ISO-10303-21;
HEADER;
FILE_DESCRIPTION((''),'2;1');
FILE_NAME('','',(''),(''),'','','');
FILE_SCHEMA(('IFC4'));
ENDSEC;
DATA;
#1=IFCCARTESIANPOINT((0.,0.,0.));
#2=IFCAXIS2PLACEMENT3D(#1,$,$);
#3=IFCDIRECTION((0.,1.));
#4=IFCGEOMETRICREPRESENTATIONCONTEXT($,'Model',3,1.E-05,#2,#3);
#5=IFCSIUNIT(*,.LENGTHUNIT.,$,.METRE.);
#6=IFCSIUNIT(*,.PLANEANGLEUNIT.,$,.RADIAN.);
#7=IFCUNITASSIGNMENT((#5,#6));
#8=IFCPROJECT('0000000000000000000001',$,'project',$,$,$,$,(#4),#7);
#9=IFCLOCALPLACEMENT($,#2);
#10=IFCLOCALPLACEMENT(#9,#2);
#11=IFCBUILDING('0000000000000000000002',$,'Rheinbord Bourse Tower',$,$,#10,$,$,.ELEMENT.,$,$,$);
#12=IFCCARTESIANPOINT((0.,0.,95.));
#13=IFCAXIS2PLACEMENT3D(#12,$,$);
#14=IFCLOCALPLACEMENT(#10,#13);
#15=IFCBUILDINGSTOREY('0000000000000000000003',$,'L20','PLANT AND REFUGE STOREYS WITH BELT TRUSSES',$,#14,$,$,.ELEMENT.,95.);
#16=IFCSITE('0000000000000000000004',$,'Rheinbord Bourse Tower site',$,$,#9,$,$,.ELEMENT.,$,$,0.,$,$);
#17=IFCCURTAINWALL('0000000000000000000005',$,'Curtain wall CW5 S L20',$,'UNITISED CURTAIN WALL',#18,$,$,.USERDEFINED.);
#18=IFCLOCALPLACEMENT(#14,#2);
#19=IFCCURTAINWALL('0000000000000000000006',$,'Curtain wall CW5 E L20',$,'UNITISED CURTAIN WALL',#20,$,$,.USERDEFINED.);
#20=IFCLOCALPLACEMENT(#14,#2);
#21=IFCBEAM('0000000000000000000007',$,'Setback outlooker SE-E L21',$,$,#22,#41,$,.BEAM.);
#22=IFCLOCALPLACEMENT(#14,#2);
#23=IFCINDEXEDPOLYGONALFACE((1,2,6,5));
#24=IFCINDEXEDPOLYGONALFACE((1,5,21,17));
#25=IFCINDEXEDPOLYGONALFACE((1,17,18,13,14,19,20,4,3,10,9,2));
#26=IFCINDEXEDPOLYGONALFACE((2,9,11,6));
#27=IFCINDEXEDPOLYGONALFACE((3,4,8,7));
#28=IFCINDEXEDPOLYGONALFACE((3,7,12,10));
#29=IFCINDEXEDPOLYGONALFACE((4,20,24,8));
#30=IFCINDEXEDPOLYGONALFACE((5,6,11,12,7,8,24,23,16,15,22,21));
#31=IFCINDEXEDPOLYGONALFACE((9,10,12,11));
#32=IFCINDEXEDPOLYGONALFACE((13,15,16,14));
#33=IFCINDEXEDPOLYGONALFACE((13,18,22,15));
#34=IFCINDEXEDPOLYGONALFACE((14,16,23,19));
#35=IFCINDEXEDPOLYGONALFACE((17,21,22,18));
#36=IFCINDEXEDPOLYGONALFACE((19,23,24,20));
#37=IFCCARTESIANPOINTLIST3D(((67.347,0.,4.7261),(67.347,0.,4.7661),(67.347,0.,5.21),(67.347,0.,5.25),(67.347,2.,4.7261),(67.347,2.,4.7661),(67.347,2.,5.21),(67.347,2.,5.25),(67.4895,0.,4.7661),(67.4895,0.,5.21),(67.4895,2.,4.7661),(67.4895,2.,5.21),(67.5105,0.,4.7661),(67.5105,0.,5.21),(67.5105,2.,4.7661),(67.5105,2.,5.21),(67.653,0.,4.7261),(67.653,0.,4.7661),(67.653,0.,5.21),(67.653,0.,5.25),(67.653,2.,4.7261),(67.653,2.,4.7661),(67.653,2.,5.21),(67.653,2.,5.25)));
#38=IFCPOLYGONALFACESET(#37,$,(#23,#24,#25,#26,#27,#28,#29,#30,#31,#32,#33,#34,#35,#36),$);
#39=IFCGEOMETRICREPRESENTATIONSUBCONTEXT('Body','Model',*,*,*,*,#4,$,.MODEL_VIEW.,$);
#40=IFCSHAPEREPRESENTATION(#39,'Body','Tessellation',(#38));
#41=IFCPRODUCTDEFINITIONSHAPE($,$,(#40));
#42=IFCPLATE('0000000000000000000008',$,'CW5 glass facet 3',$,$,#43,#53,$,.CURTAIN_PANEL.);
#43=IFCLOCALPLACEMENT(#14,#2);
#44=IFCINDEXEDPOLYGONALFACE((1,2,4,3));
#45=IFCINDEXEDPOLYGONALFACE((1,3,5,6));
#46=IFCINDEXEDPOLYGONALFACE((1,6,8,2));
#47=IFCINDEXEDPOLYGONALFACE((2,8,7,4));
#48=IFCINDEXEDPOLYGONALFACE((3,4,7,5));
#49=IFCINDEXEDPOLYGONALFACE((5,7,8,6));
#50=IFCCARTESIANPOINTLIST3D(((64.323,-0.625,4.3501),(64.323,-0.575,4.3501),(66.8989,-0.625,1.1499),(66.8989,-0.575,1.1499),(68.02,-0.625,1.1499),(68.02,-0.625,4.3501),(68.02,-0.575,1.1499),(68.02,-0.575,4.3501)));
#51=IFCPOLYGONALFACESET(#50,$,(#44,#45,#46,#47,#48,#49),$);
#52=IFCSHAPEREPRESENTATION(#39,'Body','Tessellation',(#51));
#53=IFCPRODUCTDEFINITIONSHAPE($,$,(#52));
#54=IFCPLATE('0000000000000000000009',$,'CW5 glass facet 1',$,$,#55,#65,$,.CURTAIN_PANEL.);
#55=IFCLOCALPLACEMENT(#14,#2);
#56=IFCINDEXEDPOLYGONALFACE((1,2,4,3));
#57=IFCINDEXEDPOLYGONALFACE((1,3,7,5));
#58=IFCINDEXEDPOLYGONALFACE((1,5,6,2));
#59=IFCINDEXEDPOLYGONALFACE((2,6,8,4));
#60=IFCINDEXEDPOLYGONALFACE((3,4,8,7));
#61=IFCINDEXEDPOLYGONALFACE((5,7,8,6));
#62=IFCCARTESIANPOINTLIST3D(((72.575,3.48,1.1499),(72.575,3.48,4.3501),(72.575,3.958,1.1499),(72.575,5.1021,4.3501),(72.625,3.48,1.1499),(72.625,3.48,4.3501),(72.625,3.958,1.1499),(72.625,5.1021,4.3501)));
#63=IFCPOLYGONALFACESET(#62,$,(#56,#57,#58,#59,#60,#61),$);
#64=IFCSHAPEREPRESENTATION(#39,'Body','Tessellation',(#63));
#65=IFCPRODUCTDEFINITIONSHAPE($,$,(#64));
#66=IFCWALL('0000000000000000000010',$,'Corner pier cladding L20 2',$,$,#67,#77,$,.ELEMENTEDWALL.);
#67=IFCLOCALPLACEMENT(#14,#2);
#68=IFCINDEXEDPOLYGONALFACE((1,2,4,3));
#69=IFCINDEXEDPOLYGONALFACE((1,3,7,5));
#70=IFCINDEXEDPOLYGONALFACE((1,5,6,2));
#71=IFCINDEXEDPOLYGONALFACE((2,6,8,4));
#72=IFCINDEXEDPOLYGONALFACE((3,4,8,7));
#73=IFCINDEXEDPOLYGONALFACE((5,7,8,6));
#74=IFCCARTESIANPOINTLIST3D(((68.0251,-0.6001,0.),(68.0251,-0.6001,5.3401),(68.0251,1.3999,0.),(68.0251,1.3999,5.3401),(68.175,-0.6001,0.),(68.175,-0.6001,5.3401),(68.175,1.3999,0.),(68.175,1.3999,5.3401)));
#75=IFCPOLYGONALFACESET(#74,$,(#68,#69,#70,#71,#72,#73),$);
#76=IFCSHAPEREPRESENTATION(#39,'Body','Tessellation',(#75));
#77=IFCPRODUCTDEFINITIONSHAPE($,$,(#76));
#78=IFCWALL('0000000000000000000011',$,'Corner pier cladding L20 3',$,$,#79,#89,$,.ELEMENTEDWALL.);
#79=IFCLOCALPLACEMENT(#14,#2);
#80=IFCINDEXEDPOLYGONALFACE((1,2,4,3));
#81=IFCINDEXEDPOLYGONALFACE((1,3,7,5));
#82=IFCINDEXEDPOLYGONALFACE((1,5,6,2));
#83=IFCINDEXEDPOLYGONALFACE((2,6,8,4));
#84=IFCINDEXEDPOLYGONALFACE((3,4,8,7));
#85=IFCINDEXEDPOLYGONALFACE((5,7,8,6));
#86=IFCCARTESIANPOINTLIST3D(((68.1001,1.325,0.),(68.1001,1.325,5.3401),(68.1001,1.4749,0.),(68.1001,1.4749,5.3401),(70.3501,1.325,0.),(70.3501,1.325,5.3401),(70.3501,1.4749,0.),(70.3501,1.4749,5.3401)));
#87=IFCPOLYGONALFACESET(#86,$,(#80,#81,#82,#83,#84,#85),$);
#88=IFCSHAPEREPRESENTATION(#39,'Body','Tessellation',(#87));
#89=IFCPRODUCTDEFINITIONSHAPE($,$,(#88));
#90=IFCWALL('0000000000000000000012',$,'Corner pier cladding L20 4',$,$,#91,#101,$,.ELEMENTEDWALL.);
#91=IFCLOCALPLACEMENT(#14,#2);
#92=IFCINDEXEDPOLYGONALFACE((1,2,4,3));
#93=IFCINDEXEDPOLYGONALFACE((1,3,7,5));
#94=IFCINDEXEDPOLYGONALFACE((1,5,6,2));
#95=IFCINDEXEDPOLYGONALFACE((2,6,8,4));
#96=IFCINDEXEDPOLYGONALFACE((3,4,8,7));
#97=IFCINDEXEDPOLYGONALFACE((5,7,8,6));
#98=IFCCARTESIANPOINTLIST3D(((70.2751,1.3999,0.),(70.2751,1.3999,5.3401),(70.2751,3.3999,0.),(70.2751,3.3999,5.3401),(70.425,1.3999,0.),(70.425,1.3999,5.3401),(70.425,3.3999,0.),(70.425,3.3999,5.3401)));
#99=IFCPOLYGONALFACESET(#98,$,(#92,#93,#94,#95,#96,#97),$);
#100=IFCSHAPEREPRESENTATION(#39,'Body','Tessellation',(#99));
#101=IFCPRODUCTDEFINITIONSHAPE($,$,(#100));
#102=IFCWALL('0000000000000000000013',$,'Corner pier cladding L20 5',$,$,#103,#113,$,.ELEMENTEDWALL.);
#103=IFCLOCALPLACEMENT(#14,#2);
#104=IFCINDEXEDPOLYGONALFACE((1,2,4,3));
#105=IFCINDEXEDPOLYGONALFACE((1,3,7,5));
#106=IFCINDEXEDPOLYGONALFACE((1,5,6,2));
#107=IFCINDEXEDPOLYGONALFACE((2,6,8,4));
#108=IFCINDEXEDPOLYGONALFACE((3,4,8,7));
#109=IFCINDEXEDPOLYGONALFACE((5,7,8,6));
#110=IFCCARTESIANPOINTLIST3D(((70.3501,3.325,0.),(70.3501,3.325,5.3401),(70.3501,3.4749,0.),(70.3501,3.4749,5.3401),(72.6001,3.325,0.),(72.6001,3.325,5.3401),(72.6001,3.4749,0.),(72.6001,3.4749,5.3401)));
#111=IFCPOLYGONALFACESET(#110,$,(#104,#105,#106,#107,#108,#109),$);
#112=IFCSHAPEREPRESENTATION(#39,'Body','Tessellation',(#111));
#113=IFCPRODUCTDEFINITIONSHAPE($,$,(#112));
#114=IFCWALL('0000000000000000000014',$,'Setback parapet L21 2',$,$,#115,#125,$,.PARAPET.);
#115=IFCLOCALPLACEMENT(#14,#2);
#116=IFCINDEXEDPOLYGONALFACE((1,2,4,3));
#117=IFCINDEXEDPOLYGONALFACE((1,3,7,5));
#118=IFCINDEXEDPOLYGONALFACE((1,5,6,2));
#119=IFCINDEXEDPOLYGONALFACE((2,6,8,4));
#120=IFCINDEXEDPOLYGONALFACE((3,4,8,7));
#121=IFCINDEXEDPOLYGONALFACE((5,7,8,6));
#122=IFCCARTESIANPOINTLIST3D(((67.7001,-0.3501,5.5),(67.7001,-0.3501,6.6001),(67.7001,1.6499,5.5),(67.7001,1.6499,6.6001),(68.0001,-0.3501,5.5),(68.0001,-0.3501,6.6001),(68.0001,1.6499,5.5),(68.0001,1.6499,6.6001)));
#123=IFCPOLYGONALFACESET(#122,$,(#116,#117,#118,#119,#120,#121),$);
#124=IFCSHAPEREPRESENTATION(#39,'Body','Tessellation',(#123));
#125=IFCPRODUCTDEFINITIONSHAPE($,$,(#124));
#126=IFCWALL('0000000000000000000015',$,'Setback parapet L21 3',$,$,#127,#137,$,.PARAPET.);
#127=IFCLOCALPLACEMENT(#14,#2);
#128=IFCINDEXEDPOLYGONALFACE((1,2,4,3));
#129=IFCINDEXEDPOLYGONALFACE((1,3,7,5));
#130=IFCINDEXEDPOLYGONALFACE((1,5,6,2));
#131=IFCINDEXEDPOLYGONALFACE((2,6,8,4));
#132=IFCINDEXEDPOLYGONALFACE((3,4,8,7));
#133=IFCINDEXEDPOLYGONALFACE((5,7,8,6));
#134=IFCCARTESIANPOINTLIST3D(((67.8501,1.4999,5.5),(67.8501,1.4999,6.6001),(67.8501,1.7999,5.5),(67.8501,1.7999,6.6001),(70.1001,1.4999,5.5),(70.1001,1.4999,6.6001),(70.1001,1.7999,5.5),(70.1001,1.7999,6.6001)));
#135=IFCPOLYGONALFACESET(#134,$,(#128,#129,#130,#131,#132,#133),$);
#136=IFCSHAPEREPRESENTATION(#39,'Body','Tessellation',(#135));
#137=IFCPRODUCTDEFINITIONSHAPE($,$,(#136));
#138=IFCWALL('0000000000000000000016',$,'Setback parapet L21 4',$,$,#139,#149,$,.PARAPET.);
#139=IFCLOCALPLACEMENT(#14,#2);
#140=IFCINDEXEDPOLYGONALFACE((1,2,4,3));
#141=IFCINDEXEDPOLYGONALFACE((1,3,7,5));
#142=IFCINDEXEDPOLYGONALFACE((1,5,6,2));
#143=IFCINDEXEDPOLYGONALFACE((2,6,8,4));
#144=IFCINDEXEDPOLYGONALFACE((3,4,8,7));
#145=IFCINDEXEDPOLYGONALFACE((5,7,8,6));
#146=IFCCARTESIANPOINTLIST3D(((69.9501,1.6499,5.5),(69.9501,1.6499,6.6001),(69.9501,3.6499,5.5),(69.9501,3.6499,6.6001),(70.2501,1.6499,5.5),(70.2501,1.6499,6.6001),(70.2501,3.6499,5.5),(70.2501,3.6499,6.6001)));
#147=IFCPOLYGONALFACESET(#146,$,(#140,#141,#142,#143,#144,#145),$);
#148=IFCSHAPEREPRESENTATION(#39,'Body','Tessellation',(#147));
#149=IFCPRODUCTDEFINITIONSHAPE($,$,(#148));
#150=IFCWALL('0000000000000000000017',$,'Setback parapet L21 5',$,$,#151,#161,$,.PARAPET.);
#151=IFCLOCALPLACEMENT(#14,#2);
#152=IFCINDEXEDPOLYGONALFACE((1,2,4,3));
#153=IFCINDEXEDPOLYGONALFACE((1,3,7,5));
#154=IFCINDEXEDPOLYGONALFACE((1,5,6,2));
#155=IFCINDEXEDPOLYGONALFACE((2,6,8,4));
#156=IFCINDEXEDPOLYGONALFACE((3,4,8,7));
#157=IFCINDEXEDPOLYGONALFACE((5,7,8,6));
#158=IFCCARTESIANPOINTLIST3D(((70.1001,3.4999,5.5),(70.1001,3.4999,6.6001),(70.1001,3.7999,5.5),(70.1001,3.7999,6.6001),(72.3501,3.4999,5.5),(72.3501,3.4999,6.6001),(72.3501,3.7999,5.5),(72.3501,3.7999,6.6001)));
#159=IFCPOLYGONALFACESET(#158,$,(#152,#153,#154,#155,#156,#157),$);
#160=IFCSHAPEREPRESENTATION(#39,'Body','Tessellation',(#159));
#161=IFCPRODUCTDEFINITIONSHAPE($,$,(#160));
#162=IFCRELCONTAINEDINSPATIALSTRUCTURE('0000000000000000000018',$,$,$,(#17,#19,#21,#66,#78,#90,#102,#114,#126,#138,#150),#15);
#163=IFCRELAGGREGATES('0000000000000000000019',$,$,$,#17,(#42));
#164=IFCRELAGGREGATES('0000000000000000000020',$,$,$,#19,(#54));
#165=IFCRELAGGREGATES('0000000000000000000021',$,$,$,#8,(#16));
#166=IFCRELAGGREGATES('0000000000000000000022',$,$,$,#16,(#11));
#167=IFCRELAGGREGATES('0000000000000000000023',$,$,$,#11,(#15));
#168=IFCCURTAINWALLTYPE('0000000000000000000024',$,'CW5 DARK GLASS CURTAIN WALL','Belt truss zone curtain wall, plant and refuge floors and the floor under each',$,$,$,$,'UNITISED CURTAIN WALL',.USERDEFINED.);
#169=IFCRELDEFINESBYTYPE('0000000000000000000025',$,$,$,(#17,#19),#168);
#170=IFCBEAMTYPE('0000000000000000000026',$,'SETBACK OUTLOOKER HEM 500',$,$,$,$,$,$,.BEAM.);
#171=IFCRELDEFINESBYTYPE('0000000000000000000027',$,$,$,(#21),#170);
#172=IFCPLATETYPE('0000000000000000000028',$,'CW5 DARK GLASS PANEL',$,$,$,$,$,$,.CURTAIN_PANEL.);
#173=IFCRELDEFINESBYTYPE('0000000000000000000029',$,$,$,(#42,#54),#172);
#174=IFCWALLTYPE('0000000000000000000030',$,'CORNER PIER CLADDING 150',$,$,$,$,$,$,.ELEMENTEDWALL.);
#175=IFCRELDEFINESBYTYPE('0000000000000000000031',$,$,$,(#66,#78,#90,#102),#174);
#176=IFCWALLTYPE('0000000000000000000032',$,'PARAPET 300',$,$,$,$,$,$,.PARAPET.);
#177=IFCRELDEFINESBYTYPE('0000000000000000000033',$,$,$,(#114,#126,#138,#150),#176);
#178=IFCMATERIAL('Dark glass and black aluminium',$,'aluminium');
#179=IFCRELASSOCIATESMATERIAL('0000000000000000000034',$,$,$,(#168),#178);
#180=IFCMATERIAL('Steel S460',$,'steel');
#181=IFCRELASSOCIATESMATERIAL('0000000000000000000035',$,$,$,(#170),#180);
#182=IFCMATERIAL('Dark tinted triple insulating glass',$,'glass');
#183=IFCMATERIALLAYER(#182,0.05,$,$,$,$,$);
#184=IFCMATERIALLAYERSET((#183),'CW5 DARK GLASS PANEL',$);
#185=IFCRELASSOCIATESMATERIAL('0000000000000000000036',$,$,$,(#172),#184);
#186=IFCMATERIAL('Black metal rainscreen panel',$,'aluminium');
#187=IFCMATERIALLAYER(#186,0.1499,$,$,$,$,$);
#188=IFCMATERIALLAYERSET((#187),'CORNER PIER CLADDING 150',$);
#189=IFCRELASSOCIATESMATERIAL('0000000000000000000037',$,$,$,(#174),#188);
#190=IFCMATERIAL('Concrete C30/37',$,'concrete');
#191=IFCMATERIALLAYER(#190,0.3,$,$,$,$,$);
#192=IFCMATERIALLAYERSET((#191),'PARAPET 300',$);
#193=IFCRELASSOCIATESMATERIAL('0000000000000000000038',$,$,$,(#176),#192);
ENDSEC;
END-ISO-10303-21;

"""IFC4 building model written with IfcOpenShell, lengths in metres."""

from ifc_helpers import new_model, si_unit, direction, frame, frame_2d, origin, origin_2d, place, context, subcontext, project, spatial, polyline, rectangle, i_section, outline, extrude, material, layer, layer_set, material_profile, profile_set, type_object, element, aggregate, save


model = new_model("IFC4")

# Units and contexts
model_context = context("Model", 3, precision=1e-05, world=origin(), true_north=direction((0.0, 1.0)))
body_context = subcontext(model_context, "Body", "Model", "MODEL_VIEW")
ifc_project = project(units=[si_unit("LENGTHUNIT", "METRE"), si_unit("PLANEANGLEUNIT", "RADIAN")], contexts=[model_context])

# Site, building, storey
site_placement = place(None, origin())
site = spatial("IfcSite", under=ifc_project, at=site_placement, Name="Rheinbord Bourse Tower site", CompositionType="ELEMENT", RefElevation=0.0)
building_placement = place(site_placement, origin())
building = spatial("IfcBuilding", under=site, at=building_placement, Name="Rheinbord Bourse Tower", CompositionType="ELEMENT")
storey_placement = place(building_placement, frame((0.0, 0.0, 95.0)))
storey = spatial("IfcBuildingStorey", under=building, at=storey_placement, Name="L20", Description="PLANT AND REFUGE STOREYS WITH BELT TRUSSES", CompositionType="ELEMENT", Elevation=95.0)

# Curtain wall
ifc_material_1 = material(Name="Dark glass and black aluminium", Category="aluminium")
curtain_wall_type = type_object("IfcCurtainWallType", Name="CW5 DARK GLASS CURTAIN WALL", Description="Belt truss zone curtain wall, plant and refuge floors and the floor under each", ElementType="UNITISED CURTAIN WALL", PredefinedType="USERDEFINED", material=ifc_material_1)
curtain_wall_1_placement = place(storey_placement, origin())
curtain_wall_1 = element("IfcCurtainWall", 1, at=curtain_wall_1_placement, inside=storey, type_object=curtain_wall_type, Name="Curtain wall CW5 S L20", ObjectType="UNITISED CURTAIN WALL", PredefinedType="USERDEFINED")

# Curtain wall
curtain_wall_2_placement = place(storey_placement, origin())
curtain_wall_2 = element("IfcCurtainWall", 2, at=curtain_wall_2_placement, inside=storey, type_object=curtain_wall_type, Name="Curtain wall CW5 E L20", ObjectType="UNITISED CURTAIN WALL", PredefinedType="USERDEFINED")

# Beam
ifc_material_2 = material(Name="Steel S460", Category="steel")
ifc_material_profile_1 = material_profile(ifc_material_2, i_section(OverallWidth=0.3059, OverallDepth=0.5239, WebThickness=0.021, FlangeThickness=0.04, at=origin_2d()), Name="HEM 500")
ifc_profile_set_1 = profile_set([ifc_material_profile_1], Name="Steel S460")
beam_type = type_object("IfcBeamType", Name="SETBACK OUTLOOKER HEM 500", PredefinedType="BEAM", material=ifc_profile_set_1)
beam_placement = place(storey_placement, frame((67.5, 2.0, 4.988), z_axis=(0.0, -1.0, 0.0), x_axis=(1.0, 0.0, 0.0)))
element("IfcBeam", 3, at=beam_placement, inside=storey, type_object=beam_type, Name="Setback outlooker SE-E L21", PredefinedType="BEAM", context=body_context, shape_type="SweptSolid", body=[
    extrude(i_section(OverallWidth=0.3059, OverallDepth=0.5239, WebThickness=0.021, FlangeThickness=0.04, at=origin_2d()), origin(), (0.0, 0.0, 1.0), 2.0),
])

# Plates
ifc_material_3 = material(Name="Dark tinted triple insulating glass", Category="glass")
ifc_layer_1 = layer(ifc_material_3, 0.05)
ifc_layer_set_1 = layer_set([ifc_layer_1], Name="CW5 DARK GLASS PANEL")
plate_type = type_object("IfcPlateType", Name="CW5 DARK GLASS PANEL", PredefinedType="CURTAIN_PANEL", material=ifc_layer_set_1)
plate_1_placement = place(storey_placement, frame((68.02, -0.625, 4.3501), z_axis=(0.0, 1.0, 0.0), x_axis=(0.0, 0.0, -1.0)))
plate_1 = element("IfcPlate", 4, at=plate_1_placement, type_object=plate_type, Name="CW5 glass facet 3", PredefinedType="CURTAIN_PANEL", context=body_context, shape_type="SweptSolid", body=[
    extrude(outline(polyline([(0.0, 0.0), (3.2002, 0.0), (3.2002, 1.1211), (0.0, 3.697), (0.0, 0.0)])), origin(), (0.0, 0.0, 1.0), 0.05),
])
aggregate(curtain_wall_1, [plate_1])
plate_2_placement = place(storey_placement, frame((72.625, 3.48, 1.1499), z_axis=(-1.0, 0.0, 0.0), x_axis=(0.0, 0.0, 1.0)))
plate_2 = element("IfcPlate", 5, at=plate_2_placement, type_object=plate_type, Name="CW5 glass facet 1", PredefinedType="CURTAIN_PANEL", context=body_context, shape_type="SweptSolid", body=[
    extrude(outline(polyline([(0.0, 0.0), (3.2002, 0.0), (3.2002, 1.6221), (0.0, 0.478), (0.0, 0.0)])), origin(), (0.0, 0.0, 1.0), 0.05),
])
aggregate(curtain_wall_2, [plate_2])

# Walls
ifc_material_4 = material(Name="Black metal rainscreen panel", Category="aluminium")
ifc_layer_2 = layer(ifc_material_4, 0.1499)
ifc_layer_set_2 = layer_set([ifc_layer_2], Name="CORNER PIER CLADDING 150")
wall_type_1 = type_object("IfcWallType", Name="CORNER PIER CLADDING 150", PredefinedType="ELEMENTEDWALL", material=ifc_layer_set_2)
wall_1_placement = place(storey_placement, frame((68.1001, -0.6001, 0.0), z_axis=(0.0, 0.0, 1.0), x_axis=(0.0, 1.0, 0.0)))
element("IfcWall", 6, at=wall_1_placement, inside=storey, type_object=wall_type_1, Name="Corner pier cladding L20 2", PredefinedType="ELEMENTEDWALL", context=body_context, shape_type="SweptSolid", body=[
    extrude(rectangle(XDim=2.0, YDim=0.1499, at=frame_2d((1.0, 0.0))), origin(), (0.0, 0.0, 1.0), 5.3401),
])
wall_2_placement = place(storey_placement, frame((68.1001, 1.3999, 0.0), z_axis=(0.0, 0.0, 1.0), x_axis=(1.0, 0.0, 0.0)))
element("IfcWall", 7, at=wall_2_placement, inside=storey, type_object=wall_type_1, Name="Corner pier cladding L20 3", PredefinedType="ELEMENTEDWALL", context=body_context, shape_type="SweptSolid", body=[
    extrude(rectangle(XDim=2.25, YDim=0.1499, at=frame_2d((1.125, 0.0))), origin(), (0.0, 0.0, 1.0), 5.3401),
])
wall_3_placement = place(storey_placement, frame((70.3501, 1.3999, 0.0), z_axis=(0.0, 0.0, 1.0), x_axis=(0.0, 1.0, 0.0)))
element("IfcWall", 8, at=wall_3_placement, inside=storey, type_object=wall_type_1, Name="Corner pier cladding L20 4", PredefinedType="ELEMENTEDWALL", context=body_context, shape_type="SweptSolid", body=[
    extrude(rectangle(XDim=2.0, YDim=0.1499, at=frame_2d((1.0, 0.0))), origin(), (0.0, 0.0, 1.0), 5.3401),
])
wall_4_placement = place(storey_placement, frame((70.3501, 3.3999, 0.0), z_axis=(0.0, 0.0, 1.0), x_axis=(1.0, 0.0, 0.0)))
element("IfcWall", 9, at=wall_4_placement, inside=storey, type_object=wall_type_1, Name="Corner pier cladding L20 5", PredefinedType="ELEMENTEDWALL", context=body_context, shape_type="SweptSolid", body=[
    extrude(rectangle(XDim=2.25, YDim=0.1499, at=frame_2d((1.125, 0.0))), origin(), (0.0, 0.0, 1.0), 5.3401),
])
ifc_material_5 = material(Name="Concrete C30/37", Category="concrete")
ifc_layer_3 = layer(ifc_material_5, 0.3)
ifc_layer_set_3 = layer_set([ifc_layer_3], Name="PARAPET 300")
wall_type_2 = type_object("IfcWallType", Name="PARAPET 300", PredefinedType="PARAPET", material=ifc_layer_set_3)
wall_5_placement = place(storey_placement, frame((67.8501, -0.3501, 5.5), z_axis=(0.0, 0.0, 1.0), x_axis=(0.0, 1.0, 0.0)))
element("IfcWall", 10, at=wall_5_placement, inside=storey, type_object=wall_type_2, Name="Setback parapet L21 2", PredefinedType="PARAPET", context=body_context, shape_type="SweptSolid", body=[
    extrude(rectangle(XDim=2.0, YDim=0.3, at=frame_2d((1.0, 0.0))), origin(), (0.0, 0.0, 1.0), 1.1001),
])
wall_6_placement = place(storey_placement, frame((67.8501, 1.6499, 5.5), z_axis=(0.0, 0.0, 1.0), x_axis=(1.0, 0.0, 0.0)))
element("IfcWall", 11, at=wall_6_placement, inside=storey, type_object=wall_type_2, Name="Setback parapet L21 3", PredefinedType="PARAPET", context=body_context, shape_type="SweptSolid", body=[
    extrude(rectangle(XDim=2.25, YDim=0.3, at=frame_2d((1.125, 0.0))), origin(), (0.0, 0.0, 1.0), 1.1001),
])
wall_7_placement = place(storey_placement, frame((70.1001, 1.6499, 5.5), z_axis=(0.0, 0.0, 1.0), x_axis=(0.0, 1.0, 0.0)))
element("IfcWall", 12, at=wall_7_placement, inside=storey, type_object=wall_type_2, Name="Setback parapet L21 4", PredefinedType="PARAPET", context=body_context, shape_type="SweptSolid", body=[
    extrude(rectangle(XDim=2.0, YDim=0.3, at=frame_2d((1.0, 0.0))), origin(), (0.0, 0.0, 1.0), 1.1001),
])
wall_8_placement = place(storey_placement, frame((70.1001, 3.6499, 5.5), z_axis=(0.0, 0.0, 1.0), x_axis=(1.0, 0.0, 0.0)))
element("IfcWall", 13, at=wall_8_placement, inside=storey, type_object=wall_type_2, Name="Setback parapet L21 5", PredefinedType="PARAPET", context=body_context, shape_type="SweptSolid", body=[
    extrude(rectangle(XDim=2.25, YDim=0.3, at=frame_2d((1.125, 0.0))), origin(), (0.0, 0.0, 1.0), 1.1001),
])

save(model, "model.ifc")
